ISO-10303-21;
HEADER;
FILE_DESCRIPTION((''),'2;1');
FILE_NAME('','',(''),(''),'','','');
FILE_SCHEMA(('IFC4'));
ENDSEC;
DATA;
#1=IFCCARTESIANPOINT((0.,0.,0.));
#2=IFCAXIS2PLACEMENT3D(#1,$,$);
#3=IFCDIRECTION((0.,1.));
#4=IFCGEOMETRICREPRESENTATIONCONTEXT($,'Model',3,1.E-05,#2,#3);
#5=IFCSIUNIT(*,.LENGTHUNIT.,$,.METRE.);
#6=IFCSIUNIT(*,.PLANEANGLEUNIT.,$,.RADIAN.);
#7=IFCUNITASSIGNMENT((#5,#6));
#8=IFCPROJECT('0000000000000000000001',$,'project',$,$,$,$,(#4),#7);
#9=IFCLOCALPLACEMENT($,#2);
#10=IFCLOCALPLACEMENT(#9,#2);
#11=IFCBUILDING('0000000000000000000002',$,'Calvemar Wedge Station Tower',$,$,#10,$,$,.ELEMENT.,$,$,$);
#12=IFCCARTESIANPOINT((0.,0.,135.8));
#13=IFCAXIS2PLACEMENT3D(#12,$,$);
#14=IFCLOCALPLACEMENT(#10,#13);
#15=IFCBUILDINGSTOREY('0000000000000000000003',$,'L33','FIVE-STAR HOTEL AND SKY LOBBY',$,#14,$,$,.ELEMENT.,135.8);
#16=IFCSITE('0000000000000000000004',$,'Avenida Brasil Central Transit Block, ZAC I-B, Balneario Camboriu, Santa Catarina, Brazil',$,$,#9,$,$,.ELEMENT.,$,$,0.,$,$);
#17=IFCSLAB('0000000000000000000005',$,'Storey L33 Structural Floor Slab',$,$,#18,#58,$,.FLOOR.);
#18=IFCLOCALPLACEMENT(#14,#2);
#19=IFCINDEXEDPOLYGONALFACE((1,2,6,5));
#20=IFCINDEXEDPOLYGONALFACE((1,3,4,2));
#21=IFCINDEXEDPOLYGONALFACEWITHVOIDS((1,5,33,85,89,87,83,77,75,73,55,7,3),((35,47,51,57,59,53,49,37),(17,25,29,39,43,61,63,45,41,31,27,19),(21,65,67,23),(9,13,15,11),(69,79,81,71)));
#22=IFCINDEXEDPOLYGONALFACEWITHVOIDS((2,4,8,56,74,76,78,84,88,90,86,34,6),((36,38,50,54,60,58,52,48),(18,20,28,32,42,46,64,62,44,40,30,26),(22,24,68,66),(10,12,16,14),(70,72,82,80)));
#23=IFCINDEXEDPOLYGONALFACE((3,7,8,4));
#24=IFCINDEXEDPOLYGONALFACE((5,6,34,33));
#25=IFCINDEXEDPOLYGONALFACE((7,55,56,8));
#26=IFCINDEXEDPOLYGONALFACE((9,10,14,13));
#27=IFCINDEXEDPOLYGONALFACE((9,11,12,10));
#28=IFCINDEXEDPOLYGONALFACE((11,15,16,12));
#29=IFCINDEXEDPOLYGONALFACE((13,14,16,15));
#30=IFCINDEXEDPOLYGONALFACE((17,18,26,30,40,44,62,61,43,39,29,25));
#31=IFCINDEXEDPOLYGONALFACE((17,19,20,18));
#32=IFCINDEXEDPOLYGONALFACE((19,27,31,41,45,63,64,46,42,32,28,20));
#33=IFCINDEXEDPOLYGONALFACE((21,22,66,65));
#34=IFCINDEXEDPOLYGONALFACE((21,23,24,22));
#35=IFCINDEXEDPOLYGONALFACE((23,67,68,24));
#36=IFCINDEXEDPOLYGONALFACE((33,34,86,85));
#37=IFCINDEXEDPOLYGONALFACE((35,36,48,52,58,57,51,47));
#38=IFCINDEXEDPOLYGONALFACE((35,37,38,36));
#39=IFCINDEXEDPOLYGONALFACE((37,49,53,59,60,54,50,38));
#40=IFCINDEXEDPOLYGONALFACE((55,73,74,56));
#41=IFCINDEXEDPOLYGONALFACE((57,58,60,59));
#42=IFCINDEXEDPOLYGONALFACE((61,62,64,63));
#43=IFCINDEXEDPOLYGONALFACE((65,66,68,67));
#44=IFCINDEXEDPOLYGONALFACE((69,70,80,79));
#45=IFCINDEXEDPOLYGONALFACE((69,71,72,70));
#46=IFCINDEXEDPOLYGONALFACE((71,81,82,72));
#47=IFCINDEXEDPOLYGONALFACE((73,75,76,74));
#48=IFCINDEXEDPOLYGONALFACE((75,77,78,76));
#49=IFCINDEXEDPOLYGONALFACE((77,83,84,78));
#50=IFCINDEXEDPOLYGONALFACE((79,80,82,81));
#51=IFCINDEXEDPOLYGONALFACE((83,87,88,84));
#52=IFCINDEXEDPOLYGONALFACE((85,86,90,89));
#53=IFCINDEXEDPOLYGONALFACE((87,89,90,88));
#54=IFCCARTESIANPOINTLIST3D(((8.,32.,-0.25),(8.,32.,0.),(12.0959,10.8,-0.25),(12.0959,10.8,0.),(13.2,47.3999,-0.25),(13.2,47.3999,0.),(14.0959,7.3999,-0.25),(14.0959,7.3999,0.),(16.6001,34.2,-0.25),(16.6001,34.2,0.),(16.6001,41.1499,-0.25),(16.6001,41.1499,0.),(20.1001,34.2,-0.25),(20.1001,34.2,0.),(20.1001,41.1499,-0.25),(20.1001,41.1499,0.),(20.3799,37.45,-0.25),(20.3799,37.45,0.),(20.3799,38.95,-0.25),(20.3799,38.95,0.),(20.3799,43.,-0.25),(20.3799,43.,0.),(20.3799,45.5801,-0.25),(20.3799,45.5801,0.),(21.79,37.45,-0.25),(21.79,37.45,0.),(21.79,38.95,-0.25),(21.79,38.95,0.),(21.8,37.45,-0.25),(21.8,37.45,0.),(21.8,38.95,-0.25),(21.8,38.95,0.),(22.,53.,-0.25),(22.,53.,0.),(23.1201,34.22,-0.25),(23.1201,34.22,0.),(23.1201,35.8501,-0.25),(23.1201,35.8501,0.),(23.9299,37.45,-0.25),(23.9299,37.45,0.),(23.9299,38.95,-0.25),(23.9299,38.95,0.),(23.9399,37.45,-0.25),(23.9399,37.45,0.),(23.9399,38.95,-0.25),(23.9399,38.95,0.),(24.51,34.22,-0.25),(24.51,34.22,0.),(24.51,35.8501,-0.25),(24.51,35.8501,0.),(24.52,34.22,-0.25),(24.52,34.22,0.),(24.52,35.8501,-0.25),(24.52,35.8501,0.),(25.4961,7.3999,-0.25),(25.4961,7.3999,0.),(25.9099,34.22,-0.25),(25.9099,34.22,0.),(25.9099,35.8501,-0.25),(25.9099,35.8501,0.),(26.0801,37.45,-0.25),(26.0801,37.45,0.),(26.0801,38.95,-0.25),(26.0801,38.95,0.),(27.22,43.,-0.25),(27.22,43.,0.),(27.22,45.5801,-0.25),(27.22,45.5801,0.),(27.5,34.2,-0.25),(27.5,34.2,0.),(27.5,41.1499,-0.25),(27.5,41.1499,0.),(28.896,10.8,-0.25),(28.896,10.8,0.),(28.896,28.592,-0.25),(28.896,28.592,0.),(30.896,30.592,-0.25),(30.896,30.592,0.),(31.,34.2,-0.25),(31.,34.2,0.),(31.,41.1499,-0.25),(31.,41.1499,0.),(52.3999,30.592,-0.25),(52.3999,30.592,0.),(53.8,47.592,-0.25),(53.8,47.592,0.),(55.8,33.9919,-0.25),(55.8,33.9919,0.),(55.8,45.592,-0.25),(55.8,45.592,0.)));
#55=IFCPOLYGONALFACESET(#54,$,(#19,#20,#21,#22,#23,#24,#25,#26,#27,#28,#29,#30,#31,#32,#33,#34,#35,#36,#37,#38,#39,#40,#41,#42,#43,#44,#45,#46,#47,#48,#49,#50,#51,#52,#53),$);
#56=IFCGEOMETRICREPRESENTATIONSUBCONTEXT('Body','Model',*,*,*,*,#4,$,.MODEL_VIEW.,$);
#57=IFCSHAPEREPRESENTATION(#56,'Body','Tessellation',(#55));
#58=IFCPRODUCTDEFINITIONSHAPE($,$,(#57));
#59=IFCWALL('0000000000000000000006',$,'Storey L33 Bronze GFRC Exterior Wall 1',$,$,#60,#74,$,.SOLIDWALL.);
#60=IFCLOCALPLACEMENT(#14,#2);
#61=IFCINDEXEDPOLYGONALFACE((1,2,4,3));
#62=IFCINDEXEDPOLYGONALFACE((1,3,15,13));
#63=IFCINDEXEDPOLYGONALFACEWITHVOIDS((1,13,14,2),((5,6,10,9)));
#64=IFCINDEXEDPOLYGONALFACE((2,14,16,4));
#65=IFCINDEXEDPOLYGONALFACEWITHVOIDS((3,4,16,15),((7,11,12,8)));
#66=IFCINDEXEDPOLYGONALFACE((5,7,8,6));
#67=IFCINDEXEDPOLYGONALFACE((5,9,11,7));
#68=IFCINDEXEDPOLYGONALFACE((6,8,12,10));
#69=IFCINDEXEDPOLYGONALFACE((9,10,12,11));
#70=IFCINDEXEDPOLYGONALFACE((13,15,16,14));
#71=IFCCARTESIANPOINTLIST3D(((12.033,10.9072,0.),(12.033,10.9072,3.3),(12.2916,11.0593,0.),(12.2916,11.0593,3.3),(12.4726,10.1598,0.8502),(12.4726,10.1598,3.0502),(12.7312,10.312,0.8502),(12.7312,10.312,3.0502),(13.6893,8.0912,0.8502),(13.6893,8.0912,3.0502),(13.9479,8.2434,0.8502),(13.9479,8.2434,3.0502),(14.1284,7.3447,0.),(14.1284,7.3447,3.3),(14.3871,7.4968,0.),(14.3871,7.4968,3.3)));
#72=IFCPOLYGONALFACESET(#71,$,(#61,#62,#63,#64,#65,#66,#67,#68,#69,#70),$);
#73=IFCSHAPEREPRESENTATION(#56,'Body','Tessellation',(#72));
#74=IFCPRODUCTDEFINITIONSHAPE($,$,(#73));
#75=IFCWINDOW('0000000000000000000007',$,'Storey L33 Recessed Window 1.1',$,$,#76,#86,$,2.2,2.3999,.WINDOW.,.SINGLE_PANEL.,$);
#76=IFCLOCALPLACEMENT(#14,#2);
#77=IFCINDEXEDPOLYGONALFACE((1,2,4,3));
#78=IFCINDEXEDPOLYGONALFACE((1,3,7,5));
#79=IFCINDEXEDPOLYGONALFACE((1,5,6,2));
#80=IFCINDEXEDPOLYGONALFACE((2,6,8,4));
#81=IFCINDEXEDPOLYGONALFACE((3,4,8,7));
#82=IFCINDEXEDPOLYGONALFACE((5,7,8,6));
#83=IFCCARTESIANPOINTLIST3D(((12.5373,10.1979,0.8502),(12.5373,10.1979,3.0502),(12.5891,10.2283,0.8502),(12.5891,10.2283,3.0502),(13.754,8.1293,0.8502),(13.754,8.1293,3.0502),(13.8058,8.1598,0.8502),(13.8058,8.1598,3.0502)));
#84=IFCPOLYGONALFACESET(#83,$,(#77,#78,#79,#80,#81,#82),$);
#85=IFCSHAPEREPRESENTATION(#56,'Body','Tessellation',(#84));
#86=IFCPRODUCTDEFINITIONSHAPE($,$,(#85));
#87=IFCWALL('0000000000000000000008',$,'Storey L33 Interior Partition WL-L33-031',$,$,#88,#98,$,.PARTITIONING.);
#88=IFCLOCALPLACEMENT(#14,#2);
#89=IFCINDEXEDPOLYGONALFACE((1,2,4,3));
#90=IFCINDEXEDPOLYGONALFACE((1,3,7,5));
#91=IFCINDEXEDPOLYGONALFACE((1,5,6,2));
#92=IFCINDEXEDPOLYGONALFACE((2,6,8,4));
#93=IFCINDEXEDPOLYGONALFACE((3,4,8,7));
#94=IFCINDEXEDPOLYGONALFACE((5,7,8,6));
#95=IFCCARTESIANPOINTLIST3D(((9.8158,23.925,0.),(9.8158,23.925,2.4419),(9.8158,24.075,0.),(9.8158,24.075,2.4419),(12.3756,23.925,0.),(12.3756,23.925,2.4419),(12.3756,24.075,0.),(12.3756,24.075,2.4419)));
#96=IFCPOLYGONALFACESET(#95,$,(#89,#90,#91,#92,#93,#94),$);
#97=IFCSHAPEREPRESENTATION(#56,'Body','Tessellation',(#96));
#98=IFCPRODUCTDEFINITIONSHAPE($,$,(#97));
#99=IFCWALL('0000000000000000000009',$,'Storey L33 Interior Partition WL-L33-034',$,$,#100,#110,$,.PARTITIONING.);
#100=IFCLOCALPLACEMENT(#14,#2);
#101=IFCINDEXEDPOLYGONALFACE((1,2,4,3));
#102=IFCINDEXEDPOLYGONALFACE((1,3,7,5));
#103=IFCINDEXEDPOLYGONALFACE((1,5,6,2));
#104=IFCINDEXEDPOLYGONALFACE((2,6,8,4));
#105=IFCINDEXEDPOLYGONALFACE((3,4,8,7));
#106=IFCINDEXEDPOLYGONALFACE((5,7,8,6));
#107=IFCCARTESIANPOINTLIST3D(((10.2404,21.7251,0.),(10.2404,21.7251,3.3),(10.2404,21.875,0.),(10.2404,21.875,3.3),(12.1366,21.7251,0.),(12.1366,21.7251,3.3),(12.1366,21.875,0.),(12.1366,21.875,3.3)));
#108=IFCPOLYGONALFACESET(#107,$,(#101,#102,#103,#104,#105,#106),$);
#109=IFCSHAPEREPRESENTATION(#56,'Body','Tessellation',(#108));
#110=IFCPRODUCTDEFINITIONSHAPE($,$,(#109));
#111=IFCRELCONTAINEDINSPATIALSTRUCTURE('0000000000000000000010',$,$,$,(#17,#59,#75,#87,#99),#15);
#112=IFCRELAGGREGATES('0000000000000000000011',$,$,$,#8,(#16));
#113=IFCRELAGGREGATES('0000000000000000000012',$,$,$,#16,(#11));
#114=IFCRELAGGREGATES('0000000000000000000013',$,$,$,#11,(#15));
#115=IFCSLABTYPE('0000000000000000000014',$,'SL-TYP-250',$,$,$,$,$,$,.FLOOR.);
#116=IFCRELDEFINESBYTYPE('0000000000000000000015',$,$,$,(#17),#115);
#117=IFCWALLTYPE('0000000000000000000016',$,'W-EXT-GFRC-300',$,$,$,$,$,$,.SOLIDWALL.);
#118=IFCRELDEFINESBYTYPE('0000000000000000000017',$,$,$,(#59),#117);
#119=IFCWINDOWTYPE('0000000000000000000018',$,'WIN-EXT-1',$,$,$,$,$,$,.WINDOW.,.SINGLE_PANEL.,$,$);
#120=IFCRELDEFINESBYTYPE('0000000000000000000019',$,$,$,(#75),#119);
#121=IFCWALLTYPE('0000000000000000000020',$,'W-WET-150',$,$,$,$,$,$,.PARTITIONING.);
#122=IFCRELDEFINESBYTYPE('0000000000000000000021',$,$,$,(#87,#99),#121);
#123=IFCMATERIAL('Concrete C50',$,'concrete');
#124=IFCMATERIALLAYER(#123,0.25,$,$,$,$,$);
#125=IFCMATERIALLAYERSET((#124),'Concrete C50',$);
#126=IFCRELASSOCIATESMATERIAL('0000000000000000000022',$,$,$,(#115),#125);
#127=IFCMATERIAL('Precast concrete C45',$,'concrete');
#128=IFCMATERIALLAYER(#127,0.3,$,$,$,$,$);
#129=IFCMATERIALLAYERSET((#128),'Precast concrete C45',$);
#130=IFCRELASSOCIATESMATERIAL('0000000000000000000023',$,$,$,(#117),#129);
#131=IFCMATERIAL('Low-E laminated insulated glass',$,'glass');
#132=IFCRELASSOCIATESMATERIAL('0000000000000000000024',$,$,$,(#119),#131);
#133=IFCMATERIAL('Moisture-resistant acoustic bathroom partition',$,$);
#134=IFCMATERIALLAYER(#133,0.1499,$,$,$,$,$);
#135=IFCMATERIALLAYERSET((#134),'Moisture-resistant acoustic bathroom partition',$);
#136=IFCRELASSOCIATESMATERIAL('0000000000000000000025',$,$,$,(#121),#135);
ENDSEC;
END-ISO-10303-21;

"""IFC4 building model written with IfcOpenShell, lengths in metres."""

from ifc_helpers import new_model, si_unit, direction, frame, frame_2d, origin, place, context, subcontext, project, spatial, polyline, rectangle, outline, extrude, source, transform, mapped, material, layer, layer_set, type_object, element, fill, save


model = new_model("IFC4")

# Units and contexts
model_context = context("Model", 3, precision=1e-05, world=origin(), true_north=direction((0.0, 1.0)))
body_context = subcontext(model_context, "Body", "Model", "MODEL_VIEW")
ifc_project = project(units=[si_unit("LENGTHUNIT", "METRE"), si_unit("PLANEANGLEUNIT", "RADIAN")], contexts=[model_context])

# Site, building, storey
site_placement = place(None, origin())
site = spatial("IfcSite", under=ifc_project, at=site_placement, Name="Avenida Brasil Central Transit Block, ZAC I-B, Balneario Camboriu, Santa Catarina, Brazil", CompositionType="ELEMENT", RefElevation=0.0)
building_placement = place(site_placement, origin())
building = spatial("IfcBuilding", under=site, at=building_placement, Name="Calvemar Wedge Station Tower", CompositionType="ELEMENT")
storey_placement = place(building_placement, frame((0.0, 0.0, 135.8)))
storey = spatial("IfcBuildingStorey", under=building, at=storey_placement, Name="L33", Description="FIVE-STAR HOTEL AND SKY LOBBY", CompositionType="ELEMENT", Elevation=135.8)

# Shared definitions
ifc_material_1 = material(Name="Concrete C50", Category="concrete")

# Slab
ifc_layer_1 = layer(ifc_material_1, 0.25)
ifc_layer_set_1 = layer_set([ifc_layer_1], Name="Concrete C50")
slab_type_1 = type_object("IfcSlabType", Name="SL-TYP-250", PredefinedType="FLOOR", material=ifc_layer_set_1)
slab_1_placement = place(storey_placement, frame((0.0, 0.0, -0.25)))
element("IfcSlab", 1, at=slab_1_placement, inside=storey, type_object=slab_type_1, Name="Storey L33 Structural Floor Slab", PredefinedType="FLOOR", context=body_context, shape_type="SweptSolid", body=[
    extrude(outline(polyline([(8.0, 32.0), (12.0959, 10.8), (14.0959, 7.3999), (25.4961, 7.3999), (28.896, 10.8), (28.896, 28.592), (30.896, 30.592), (52.3999, 30.592), (55.8, 33.9919), (55.8, 45.592), (53.8, 47.592), (22.0, 53.0), (13.2, 47.3999), (8.0, 32.0)]), holes=[polyline([(24.52, 35.8501), (24.51, 35.8501), (23.1201, 35.8501), (23.1201, 34.22), (24.51, 34.22), (24.52, 34.22), (25.9099, 34.22), (25.9099, 35.8501), (24.52, 35.8501)]), polyline([(16.6001, 34.2), (20.1001, 34.2), (20.1001, 41.1499), (16.6001, 41.1499), (16.6001, 34.2)]), polyline([(27.5, 34.2), (31.0, 34.2), (31.0, 41.1499), (27.5, 41.1499), (27.5, 34.2)]), polyline([(21.8, 38.95), (21.79, 38.95), (20.3799, 38.95), (20.3799, 37.45), (21.79, 37.45), (21.8, 37.45), (23.9299, 37.45), (23.9399, 37.45), (26.0801, 37.45), (26.0801, 38.95), (23.9399, 38.95), (23.9299, 38.95), (21.8, 38.95)]), polyline([(27.22, 43.0), (27.22, 45.5801), (20.3799, 45.5801), (20.3799, 43.0), (27.22, 43.0)])]), origin(), (0.0, 0.0, 1.0), 0.25),
])

# Wall, opening, window
ifc_material_2 = material(Name="Precast concrete C45", Category="concrete")
ifc_layer_2 = layer(ifc_material_2, 0.3)
ifc_layer_set_2 = layer_set([ifc_layer_2], Name="Precast concrete C45")
wall_type_1 = type_object("IfcWallType", Name="W-EXT-GFRC-300", PredefinedType="SOLIDWALL", material=ifc_layer_set_2)
wall_1_placement = place(storey_placement, frame((12.1624, 10.9832, 0.0), z_axis=(0.0, 0.0, 1.0), x_axis=(0.506997, -0.861948, 0.0)))
wall_1 = element("IfcWall", 2, at=wall_1_placement, inside=storey, type_object=wall_type_1, Name="Storey L33 Bronze GFRC Exterior Wall 1", PredefinedType="SOLIDWALL", context=body_context, shape_type="SweptSolid", body=[
    extrude(rectangle(XDim=4.1331, YDim=0.3, at=frame_2d((2.0664, 0.0))), origin(), (0.0, 0.0, 1.0), 3.3),
])
shared_shape_1 = source(origin(), body_context, "Body", "SweptSolid", [
    extrude(rectangle(XDim=2.3999, YDim=2.2, at=frame_2d((1.2, 1.1001))), frame((0.0, 0.1602, 0.0), z_axis=(0.0, -1.0, 0.0), x_axis=(1.0, 0.0, 0.0)), (0.0, 0.0, 1.0), 0.3201),
])
opening_1_placement = place(wall_1_placement, frame((0.8669, 0.0, 0.8501)))
opening_1 = element("IfcOpeningElement", 3, at=opening_1_placement, cuts=wall_1, PredefinedType="OPENING", context=body_context, shape_type="MappedRepresentation", body=[
    mapped(shared_shape_1, transform((0.0, 0.0, 0.0), scale=1.0)),
])
ifc_material_3 = material(Name="Low-E laminated insulated glass", Category="glass")
window_type = type_object("IfcWindowType", Name="WIN-EXT-1", PartitioningType="SINGLE_PANEL", PredefinedType="WINDOW", material=ifc_material_3)
shared_shape_2 = source(origin(), body_context, "Body", "SweptSolid", [
    extrude(rectangle(XDim=2.3999, YDim=2.2, at=frame_2d((1.2, 1.1001))), frame((0.0, -0.0149, 0.0), z_axis=(0.0, -1.0, 0.0), x_axis=(1.0, 0.0, 0.0)), (0.0, 0.0, 1.0), 0.0601),
])
window_placement = place(opening_1_placement, origin())
window = element("IfcWindow", 4, at=window_placement, inside=storey, type_object=window_type, Name="Storey L33 Recessed Window 1.1", OverallHeight=2.2, OverallWidth=2.3999, PartitioningType="SINGLE_PANEL", PredefinedType="WINDOW", context=body_context, shape_type="MappedRepresentation", body=[
    mapped(shared_shape_2, transform((0.0, 0.0, 0.0), scale=1.0)),
])
fill(opening_1, window)

# Wall
ifc_material_4 = material(Name="Moisture-resistant acoustic bathroom partition")
ifc_layer_3 = layer(ifc_material_4, 0.1499)
ifc_layer_set_3 = layer_set([ifc_layer_3], Name="Moisture-resistant acoustic bathroom partition")
wall_type_2 = type_object("IfcWallType", Name="W-WET-150", PredefinedType="PARTITIONING", material=ifc_layer_set_3)
wall_2_placement = place(storey_placement, frame((12.3755, 24.0, 0.0), z_axis=(0.0, 0.0, 1.0), x_axis=(-1.0, 0.0, 0.0)))
element("IfcWall", 5, at=wall_2_placement, inside=storey, type_object=wall_type_2, Name="Storey L33 Interior Partition WL-L33-031", PredefinedType="PARTITIONING", context=body_context, shape_type="SweptSolid", body=[
    extrude(rectangle(XDim=2.5598, YDim=0.1499, at=frame_2d((1.2798, 0.0))), origin(), (0.0, 0.0, 1.0), 2.4419),
])

# Wall
wall_3_placement = place(storey_placement, frame((12.1367, 21.8, 0.0), z_axis=(0.0, 0.0, 1.0), x_axis=(-1.0, 0.0, 0.0)))
element("IfcWall", 6, at=wall_3_placement, inside=storey, type_object=wall_type_2, Name="Storey L33 Interior Partition WL-L33-034", PredefinedType="PARTITIONING", context=body_context, shape_type="SweptSolid", body=[
    extrude(rectangle(XDim=1.8962, YDim=0.1499, at=frame_2d((0.9482, 0.0))), origin(), (0.0, 0.0, 1.0), 3.3),
])

save(model, "model.ifc")
